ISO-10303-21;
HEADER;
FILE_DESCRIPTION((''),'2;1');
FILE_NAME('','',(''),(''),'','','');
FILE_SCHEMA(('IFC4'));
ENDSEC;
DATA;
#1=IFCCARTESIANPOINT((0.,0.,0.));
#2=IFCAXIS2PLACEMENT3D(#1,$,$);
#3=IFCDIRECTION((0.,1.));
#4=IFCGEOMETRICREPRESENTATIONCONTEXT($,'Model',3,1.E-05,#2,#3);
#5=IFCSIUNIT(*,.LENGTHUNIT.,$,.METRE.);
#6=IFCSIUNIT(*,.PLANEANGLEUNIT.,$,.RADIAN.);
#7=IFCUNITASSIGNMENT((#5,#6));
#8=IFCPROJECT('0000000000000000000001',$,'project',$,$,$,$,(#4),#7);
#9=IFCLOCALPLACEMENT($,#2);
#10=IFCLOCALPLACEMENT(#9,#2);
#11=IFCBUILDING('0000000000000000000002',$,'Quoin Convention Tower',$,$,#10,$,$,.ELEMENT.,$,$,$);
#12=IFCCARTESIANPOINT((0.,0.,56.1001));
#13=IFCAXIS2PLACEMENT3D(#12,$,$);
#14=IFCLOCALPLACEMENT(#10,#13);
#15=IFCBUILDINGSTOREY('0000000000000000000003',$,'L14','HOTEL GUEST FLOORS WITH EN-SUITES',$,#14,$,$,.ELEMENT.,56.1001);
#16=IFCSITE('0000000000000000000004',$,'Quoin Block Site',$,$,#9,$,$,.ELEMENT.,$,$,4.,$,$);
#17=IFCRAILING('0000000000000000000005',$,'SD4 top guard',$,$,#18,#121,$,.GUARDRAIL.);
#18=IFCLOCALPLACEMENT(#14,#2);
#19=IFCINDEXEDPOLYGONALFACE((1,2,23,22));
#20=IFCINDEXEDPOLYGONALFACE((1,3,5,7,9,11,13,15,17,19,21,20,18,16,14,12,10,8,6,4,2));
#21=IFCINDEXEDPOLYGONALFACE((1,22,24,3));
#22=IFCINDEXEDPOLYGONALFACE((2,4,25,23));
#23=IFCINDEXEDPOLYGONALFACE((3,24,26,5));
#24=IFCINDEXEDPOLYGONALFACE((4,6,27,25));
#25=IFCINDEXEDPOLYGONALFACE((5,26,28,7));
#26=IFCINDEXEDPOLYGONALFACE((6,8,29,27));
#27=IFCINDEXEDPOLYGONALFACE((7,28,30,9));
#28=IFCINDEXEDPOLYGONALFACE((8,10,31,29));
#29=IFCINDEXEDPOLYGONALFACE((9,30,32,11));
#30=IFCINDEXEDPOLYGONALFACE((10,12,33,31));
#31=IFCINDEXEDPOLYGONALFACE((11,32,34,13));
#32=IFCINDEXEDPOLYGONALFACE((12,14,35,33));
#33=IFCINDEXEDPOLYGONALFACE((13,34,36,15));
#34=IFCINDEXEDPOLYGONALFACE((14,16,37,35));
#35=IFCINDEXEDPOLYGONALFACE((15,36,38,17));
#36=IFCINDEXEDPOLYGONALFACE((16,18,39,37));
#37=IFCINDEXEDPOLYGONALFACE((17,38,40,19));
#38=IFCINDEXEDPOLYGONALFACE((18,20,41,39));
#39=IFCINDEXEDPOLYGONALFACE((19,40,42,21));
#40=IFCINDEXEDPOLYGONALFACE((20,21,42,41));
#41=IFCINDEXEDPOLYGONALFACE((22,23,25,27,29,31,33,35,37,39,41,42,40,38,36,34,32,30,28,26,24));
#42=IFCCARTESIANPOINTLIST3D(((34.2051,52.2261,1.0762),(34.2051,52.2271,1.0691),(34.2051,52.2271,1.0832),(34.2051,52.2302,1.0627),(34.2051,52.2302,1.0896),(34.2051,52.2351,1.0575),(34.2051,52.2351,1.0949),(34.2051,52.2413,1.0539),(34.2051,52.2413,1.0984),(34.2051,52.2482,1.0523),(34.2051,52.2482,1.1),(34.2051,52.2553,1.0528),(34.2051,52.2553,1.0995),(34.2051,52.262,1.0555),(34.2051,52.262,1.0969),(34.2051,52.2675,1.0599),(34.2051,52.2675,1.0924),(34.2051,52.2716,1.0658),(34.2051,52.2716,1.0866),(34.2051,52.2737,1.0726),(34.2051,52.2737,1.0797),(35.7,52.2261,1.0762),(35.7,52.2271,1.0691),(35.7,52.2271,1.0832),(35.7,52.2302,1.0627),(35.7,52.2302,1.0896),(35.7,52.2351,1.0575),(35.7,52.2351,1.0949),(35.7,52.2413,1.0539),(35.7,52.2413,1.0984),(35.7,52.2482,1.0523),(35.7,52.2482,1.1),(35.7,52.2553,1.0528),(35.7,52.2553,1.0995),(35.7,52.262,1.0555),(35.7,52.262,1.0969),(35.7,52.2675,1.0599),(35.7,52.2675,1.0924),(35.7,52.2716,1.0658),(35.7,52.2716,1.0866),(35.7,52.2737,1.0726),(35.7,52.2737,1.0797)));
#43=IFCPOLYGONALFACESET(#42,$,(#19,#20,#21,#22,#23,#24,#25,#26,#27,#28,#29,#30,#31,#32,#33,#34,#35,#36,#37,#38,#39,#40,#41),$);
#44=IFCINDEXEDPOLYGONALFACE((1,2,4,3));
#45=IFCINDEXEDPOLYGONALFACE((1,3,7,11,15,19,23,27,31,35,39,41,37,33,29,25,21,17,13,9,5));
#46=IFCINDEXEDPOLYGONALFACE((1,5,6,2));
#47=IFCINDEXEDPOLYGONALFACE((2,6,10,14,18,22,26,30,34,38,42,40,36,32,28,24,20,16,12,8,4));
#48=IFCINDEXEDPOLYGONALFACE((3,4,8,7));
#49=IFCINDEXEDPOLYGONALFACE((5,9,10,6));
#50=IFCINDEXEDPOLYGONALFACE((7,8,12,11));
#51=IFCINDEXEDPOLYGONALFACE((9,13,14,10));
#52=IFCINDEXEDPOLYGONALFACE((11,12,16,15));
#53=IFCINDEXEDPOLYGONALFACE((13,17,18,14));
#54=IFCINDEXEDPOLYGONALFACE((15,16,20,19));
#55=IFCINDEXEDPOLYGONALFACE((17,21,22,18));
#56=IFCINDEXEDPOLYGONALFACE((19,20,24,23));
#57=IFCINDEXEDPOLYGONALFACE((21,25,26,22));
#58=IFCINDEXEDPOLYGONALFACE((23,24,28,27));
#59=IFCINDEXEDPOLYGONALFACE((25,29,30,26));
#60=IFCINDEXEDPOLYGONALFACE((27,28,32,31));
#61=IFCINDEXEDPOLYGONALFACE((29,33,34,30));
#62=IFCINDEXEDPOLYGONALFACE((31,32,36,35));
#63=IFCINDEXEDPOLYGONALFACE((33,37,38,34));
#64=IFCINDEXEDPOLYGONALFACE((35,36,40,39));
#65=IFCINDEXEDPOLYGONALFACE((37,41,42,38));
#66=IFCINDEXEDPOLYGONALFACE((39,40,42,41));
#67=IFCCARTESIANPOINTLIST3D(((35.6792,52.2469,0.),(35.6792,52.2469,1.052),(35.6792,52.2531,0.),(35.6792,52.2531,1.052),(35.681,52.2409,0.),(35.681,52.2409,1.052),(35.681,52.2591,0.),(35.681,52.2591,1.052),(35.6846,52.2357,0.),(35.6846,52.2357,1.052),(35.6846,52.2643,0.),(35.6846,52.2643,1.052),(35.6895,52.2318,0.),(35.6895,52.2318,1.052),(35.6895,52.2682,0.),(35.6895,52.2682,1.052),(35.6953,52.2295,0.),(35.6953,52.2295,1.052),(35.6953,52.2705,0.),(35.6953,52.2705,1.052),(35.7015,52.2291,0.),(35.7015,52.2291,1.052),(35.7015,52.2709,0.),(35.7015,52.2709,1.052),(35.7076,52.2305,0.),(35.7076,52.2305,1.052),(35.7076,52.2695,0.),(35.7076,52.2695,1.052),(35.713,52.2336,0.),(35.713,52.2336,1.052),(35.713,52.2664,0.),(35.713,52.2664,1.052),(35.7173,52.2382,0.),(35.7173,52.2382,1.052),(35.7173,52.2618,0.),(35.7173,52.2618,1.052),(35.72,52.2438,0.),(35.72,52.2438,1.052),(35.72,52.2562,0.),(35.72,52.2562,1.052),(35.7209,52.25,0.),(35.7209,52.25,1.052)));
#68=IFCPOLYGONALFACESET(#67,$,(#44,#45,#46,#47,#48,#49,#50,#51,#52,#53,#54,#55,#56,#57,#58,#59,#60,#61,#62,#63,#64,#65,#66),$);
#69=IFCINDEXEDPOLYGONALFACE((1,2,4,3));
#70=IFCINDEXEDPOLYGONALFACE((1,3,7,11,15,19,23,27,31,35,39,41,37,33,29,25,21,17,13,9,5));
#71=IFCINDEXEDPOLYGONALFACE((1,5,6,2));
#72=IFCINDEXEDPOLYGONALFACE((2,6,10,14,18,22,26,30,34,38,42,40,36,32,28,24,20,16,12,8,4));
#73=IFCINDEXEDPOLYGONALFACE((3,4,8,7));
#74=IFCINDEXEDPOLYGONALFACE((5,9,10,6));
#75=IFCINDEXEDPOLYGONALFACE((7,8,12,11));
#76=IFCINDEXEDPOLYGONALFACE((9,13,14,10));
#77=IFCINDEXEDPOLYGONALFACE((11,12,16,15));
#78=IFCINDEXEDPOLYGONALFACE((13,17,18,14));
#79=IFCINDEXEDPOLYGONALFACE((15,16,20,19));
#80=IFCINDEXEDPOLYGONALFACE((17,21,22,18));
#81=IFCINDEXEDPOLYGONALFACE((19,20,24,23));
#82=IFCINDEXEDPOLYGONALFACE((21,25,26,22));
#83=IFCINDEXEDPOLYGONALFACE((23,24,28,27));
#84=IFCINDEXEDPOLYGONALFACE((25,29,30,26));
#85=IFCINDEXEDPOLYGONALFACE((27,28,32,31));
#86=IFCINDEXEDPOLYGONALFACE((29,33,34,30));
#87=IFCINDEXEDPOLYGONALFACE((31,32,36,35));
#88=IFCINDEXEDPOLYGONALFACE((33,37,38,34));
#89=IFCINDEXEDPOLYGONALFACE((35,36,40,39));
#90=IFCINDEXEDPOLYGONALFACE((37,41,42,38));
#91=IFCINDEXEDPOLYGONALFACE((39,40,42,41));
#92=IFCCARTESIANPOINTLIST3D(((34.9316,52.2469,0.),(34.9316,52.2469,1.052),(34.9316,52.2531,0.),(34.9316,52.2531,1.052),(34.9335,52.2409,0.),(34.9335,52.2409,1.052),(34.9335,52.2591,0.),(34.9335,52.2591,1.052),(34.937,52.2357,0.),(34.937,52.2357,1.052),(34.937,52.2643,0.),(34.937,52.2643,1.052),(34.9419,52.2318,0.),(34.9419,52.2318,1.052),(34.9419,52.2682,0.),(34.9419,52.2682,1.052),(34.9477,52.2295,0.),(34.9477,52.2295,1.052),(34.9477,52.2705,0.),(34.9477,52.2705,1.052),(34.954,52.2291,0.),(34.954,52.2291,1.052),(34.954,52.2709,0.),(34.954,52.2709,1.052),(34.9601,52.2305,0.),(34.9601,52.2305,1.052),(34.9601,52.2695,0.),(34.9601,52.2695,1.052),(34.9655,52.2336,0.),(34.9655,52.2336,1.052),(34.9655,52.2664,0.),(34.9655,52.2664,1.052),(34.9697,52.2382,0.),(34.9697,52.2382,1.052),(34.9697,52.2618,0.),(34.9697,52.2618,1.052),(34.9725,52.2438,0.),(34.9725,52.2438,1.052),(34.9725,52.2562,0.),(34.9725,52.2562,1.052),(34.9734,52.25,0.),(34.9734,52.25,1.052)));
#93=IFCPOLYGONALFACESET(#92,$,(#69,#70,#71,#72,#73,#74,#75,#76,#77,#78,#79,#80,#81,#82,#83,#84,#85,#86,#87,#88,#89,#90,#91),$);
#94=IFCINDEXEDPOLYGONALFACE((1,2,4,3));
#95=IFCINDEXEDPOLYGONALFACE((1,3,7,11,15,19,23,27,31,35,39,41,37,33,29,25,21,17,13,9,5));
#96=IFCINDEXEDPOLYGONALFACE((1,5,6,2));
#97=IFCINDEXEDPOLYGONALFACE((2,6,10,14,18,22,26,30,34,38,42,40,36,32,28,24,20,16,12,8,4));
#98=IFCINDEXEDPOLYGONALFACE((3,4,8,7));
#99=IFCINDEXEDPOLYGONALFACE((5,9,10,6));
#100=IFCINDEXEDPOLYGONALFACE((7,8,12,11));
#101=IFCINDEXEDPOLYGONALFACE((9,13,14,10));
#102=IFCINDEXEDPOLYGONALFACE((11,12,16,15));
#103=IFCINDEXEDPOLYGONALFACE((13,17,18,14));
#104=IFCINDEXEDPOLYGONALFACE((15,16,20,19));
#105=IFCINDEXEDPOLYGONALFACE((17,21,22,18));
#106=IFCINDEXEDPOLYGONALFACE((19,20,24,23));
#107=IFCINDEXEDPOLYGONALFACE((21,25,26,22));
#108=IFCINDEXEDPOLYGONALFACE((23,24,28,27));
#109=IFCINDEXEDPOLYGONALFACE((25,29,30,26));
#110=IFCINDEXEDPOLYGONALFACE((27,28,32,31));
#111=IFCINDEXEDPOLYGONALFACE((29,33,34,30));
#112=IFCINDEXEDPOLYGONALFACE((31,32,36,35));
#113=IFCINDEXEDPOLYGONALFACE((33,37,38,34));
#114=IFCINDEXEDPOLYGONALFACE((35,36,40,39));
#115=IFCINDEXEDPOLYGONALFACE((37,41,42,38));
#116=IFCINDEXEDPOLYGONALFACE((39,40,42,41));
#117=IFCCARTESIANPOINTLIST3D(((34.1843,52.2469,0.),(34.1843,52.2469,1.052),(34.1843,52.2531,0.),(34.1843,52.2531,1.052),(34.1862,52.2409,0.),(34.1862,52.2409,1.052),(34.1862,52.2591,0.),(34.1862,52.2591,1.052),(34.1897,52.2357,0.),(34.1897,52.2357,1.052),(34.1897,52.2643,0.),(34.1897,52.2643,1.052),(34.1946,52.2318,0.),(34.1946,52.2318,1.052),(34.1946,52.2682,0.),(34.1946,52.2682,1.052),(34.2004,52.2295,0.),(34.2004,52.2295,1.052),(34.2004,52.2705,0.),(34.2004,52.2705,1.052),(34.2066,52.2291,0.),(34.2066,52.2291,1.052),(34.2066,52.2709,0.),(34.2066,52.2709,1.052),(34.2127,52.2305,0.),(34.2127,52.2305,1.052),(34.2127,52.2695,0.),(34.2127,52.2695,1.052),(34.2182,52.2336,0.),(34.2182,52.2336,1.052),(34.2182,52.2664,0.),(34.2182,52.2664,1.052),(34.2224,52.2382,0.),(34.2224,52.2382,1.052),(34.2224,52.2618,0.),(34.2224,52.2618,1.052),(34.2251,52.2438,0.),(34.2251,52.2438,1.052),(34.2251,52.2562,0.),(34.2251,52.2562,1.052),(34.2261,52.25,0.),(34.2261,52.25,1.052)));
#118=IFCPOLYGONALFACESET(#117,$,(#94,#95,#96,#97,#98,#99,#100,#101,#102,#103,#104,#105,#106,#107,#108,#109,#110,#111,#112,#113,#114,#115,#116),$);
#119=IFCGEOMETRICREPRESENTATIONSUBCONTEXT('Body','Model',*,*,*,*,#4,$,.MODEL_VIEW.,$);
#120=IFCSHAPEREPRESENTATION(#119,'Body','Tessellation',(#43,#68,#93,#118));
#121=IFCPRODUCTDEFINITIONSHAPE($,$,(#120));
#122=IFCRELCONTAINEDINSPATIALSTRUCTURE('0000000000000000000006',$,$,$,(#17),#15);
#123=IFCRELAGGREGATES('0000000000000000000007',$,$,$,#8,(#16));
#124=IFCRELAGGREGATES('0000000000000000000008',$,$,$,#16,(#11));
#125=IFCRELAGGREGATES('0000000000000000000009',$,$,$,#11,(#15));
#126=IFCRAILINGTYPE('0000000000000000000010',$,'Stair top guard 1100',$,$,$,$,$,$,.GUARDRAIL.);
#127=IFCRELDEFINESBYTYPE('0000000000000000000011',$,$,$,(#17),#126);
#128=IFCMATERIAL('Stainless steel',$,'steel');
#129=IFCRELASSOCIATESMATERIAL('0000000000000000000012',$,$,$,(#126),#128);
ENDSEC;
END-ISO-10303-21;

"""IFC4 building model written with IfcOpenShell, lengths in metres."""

from ifc_helpers import new_model, si_unit, direction, frame, origin, origin_2d, place, context, subcontext, project, spatial, circle, extrude, material, type_object, element, save


model = new_model("IFC4")

# Units and contexts
model_context = context("Model", 3, precision=1e-05, world=origin(), true_north=direction((0.0, 1.0)))
body_context = subcontext(model_context, "Body", "Model", "MODEL_VIEW")
ifc_project = project(units=[si_unit("LENGTHUNIT", "METRE"), si_unit("PLANEANGLEUNIT", "RADIAN")], contexts=[model_context])

# Site, building, storey
site_placement = place(None, origin())
site = spatial("IfcSite", under=ifc_project, at=site_placement, Name="Quoin Block Site", CompositionType="ELEMENT", RefElevation=4.0)
building_placement = place(site_placement, origin())
building = spatial("IfcBuilding", under=site, at=building_placement, Name="Quoin Convention Tower", CompositionType="ELEMENT")
storey_placement = place(building_placement, frame((0.0, 0.0, 56.1001)))
storey = spatial("IfcBuildingStorey", under=building, at=storey_placement, Name="L14", Description="HOTEL GUEST FLOORS WITH EN-SUITES", CompositionType="ELEMENT", Elevation=56.1001)

# Railing
ifc_material_1 = material(Name="Stainless steel", Category="steel")
railing_type_1 = type_object("IfcRailingType", Name="Stair top guard 1100", PredefinedType="GUARDRAIL", material=ifc_material_1)
railing_1_placement = place(storey_placement, frame((35.7, 52.25, 0.0)))
element("IfcRailing", 1, at=railing_1_placement, inside=storey, type_object=railing_type_1, Name="SD4 top guard", PredefinedType="GUARDRAIL", context=body_context, shape_type="SweptSolid", body=[
    extrude(circle(Radius=0.0239, at=origin_2d()), frame((0.0, 0.0, 1.0762), z_axis=(-1.0, 0.0, 0.0), x_axis=(0.0, -1.0, 0.0)), (0.0, 0.0, 1.0), 1.4949),
    extrude(circle(Radius=0.021, at=origin_2d()), origin(), (0.0, 0.0, 1.0), 1.052),
    extrude(circle(Radius=0.021, at=origin_2d()), frame((-0.7476, 0.0, 0.0)), (0.0, 0.0, 1.0), 1.052),
    extrude(circle(Radius=0.021, at=origin_2d()), frame((-1.4949, 0.0, 0.0)), (0.0, 0.0, 1.0), 1.052),
])

save(model, "model.ifc")
